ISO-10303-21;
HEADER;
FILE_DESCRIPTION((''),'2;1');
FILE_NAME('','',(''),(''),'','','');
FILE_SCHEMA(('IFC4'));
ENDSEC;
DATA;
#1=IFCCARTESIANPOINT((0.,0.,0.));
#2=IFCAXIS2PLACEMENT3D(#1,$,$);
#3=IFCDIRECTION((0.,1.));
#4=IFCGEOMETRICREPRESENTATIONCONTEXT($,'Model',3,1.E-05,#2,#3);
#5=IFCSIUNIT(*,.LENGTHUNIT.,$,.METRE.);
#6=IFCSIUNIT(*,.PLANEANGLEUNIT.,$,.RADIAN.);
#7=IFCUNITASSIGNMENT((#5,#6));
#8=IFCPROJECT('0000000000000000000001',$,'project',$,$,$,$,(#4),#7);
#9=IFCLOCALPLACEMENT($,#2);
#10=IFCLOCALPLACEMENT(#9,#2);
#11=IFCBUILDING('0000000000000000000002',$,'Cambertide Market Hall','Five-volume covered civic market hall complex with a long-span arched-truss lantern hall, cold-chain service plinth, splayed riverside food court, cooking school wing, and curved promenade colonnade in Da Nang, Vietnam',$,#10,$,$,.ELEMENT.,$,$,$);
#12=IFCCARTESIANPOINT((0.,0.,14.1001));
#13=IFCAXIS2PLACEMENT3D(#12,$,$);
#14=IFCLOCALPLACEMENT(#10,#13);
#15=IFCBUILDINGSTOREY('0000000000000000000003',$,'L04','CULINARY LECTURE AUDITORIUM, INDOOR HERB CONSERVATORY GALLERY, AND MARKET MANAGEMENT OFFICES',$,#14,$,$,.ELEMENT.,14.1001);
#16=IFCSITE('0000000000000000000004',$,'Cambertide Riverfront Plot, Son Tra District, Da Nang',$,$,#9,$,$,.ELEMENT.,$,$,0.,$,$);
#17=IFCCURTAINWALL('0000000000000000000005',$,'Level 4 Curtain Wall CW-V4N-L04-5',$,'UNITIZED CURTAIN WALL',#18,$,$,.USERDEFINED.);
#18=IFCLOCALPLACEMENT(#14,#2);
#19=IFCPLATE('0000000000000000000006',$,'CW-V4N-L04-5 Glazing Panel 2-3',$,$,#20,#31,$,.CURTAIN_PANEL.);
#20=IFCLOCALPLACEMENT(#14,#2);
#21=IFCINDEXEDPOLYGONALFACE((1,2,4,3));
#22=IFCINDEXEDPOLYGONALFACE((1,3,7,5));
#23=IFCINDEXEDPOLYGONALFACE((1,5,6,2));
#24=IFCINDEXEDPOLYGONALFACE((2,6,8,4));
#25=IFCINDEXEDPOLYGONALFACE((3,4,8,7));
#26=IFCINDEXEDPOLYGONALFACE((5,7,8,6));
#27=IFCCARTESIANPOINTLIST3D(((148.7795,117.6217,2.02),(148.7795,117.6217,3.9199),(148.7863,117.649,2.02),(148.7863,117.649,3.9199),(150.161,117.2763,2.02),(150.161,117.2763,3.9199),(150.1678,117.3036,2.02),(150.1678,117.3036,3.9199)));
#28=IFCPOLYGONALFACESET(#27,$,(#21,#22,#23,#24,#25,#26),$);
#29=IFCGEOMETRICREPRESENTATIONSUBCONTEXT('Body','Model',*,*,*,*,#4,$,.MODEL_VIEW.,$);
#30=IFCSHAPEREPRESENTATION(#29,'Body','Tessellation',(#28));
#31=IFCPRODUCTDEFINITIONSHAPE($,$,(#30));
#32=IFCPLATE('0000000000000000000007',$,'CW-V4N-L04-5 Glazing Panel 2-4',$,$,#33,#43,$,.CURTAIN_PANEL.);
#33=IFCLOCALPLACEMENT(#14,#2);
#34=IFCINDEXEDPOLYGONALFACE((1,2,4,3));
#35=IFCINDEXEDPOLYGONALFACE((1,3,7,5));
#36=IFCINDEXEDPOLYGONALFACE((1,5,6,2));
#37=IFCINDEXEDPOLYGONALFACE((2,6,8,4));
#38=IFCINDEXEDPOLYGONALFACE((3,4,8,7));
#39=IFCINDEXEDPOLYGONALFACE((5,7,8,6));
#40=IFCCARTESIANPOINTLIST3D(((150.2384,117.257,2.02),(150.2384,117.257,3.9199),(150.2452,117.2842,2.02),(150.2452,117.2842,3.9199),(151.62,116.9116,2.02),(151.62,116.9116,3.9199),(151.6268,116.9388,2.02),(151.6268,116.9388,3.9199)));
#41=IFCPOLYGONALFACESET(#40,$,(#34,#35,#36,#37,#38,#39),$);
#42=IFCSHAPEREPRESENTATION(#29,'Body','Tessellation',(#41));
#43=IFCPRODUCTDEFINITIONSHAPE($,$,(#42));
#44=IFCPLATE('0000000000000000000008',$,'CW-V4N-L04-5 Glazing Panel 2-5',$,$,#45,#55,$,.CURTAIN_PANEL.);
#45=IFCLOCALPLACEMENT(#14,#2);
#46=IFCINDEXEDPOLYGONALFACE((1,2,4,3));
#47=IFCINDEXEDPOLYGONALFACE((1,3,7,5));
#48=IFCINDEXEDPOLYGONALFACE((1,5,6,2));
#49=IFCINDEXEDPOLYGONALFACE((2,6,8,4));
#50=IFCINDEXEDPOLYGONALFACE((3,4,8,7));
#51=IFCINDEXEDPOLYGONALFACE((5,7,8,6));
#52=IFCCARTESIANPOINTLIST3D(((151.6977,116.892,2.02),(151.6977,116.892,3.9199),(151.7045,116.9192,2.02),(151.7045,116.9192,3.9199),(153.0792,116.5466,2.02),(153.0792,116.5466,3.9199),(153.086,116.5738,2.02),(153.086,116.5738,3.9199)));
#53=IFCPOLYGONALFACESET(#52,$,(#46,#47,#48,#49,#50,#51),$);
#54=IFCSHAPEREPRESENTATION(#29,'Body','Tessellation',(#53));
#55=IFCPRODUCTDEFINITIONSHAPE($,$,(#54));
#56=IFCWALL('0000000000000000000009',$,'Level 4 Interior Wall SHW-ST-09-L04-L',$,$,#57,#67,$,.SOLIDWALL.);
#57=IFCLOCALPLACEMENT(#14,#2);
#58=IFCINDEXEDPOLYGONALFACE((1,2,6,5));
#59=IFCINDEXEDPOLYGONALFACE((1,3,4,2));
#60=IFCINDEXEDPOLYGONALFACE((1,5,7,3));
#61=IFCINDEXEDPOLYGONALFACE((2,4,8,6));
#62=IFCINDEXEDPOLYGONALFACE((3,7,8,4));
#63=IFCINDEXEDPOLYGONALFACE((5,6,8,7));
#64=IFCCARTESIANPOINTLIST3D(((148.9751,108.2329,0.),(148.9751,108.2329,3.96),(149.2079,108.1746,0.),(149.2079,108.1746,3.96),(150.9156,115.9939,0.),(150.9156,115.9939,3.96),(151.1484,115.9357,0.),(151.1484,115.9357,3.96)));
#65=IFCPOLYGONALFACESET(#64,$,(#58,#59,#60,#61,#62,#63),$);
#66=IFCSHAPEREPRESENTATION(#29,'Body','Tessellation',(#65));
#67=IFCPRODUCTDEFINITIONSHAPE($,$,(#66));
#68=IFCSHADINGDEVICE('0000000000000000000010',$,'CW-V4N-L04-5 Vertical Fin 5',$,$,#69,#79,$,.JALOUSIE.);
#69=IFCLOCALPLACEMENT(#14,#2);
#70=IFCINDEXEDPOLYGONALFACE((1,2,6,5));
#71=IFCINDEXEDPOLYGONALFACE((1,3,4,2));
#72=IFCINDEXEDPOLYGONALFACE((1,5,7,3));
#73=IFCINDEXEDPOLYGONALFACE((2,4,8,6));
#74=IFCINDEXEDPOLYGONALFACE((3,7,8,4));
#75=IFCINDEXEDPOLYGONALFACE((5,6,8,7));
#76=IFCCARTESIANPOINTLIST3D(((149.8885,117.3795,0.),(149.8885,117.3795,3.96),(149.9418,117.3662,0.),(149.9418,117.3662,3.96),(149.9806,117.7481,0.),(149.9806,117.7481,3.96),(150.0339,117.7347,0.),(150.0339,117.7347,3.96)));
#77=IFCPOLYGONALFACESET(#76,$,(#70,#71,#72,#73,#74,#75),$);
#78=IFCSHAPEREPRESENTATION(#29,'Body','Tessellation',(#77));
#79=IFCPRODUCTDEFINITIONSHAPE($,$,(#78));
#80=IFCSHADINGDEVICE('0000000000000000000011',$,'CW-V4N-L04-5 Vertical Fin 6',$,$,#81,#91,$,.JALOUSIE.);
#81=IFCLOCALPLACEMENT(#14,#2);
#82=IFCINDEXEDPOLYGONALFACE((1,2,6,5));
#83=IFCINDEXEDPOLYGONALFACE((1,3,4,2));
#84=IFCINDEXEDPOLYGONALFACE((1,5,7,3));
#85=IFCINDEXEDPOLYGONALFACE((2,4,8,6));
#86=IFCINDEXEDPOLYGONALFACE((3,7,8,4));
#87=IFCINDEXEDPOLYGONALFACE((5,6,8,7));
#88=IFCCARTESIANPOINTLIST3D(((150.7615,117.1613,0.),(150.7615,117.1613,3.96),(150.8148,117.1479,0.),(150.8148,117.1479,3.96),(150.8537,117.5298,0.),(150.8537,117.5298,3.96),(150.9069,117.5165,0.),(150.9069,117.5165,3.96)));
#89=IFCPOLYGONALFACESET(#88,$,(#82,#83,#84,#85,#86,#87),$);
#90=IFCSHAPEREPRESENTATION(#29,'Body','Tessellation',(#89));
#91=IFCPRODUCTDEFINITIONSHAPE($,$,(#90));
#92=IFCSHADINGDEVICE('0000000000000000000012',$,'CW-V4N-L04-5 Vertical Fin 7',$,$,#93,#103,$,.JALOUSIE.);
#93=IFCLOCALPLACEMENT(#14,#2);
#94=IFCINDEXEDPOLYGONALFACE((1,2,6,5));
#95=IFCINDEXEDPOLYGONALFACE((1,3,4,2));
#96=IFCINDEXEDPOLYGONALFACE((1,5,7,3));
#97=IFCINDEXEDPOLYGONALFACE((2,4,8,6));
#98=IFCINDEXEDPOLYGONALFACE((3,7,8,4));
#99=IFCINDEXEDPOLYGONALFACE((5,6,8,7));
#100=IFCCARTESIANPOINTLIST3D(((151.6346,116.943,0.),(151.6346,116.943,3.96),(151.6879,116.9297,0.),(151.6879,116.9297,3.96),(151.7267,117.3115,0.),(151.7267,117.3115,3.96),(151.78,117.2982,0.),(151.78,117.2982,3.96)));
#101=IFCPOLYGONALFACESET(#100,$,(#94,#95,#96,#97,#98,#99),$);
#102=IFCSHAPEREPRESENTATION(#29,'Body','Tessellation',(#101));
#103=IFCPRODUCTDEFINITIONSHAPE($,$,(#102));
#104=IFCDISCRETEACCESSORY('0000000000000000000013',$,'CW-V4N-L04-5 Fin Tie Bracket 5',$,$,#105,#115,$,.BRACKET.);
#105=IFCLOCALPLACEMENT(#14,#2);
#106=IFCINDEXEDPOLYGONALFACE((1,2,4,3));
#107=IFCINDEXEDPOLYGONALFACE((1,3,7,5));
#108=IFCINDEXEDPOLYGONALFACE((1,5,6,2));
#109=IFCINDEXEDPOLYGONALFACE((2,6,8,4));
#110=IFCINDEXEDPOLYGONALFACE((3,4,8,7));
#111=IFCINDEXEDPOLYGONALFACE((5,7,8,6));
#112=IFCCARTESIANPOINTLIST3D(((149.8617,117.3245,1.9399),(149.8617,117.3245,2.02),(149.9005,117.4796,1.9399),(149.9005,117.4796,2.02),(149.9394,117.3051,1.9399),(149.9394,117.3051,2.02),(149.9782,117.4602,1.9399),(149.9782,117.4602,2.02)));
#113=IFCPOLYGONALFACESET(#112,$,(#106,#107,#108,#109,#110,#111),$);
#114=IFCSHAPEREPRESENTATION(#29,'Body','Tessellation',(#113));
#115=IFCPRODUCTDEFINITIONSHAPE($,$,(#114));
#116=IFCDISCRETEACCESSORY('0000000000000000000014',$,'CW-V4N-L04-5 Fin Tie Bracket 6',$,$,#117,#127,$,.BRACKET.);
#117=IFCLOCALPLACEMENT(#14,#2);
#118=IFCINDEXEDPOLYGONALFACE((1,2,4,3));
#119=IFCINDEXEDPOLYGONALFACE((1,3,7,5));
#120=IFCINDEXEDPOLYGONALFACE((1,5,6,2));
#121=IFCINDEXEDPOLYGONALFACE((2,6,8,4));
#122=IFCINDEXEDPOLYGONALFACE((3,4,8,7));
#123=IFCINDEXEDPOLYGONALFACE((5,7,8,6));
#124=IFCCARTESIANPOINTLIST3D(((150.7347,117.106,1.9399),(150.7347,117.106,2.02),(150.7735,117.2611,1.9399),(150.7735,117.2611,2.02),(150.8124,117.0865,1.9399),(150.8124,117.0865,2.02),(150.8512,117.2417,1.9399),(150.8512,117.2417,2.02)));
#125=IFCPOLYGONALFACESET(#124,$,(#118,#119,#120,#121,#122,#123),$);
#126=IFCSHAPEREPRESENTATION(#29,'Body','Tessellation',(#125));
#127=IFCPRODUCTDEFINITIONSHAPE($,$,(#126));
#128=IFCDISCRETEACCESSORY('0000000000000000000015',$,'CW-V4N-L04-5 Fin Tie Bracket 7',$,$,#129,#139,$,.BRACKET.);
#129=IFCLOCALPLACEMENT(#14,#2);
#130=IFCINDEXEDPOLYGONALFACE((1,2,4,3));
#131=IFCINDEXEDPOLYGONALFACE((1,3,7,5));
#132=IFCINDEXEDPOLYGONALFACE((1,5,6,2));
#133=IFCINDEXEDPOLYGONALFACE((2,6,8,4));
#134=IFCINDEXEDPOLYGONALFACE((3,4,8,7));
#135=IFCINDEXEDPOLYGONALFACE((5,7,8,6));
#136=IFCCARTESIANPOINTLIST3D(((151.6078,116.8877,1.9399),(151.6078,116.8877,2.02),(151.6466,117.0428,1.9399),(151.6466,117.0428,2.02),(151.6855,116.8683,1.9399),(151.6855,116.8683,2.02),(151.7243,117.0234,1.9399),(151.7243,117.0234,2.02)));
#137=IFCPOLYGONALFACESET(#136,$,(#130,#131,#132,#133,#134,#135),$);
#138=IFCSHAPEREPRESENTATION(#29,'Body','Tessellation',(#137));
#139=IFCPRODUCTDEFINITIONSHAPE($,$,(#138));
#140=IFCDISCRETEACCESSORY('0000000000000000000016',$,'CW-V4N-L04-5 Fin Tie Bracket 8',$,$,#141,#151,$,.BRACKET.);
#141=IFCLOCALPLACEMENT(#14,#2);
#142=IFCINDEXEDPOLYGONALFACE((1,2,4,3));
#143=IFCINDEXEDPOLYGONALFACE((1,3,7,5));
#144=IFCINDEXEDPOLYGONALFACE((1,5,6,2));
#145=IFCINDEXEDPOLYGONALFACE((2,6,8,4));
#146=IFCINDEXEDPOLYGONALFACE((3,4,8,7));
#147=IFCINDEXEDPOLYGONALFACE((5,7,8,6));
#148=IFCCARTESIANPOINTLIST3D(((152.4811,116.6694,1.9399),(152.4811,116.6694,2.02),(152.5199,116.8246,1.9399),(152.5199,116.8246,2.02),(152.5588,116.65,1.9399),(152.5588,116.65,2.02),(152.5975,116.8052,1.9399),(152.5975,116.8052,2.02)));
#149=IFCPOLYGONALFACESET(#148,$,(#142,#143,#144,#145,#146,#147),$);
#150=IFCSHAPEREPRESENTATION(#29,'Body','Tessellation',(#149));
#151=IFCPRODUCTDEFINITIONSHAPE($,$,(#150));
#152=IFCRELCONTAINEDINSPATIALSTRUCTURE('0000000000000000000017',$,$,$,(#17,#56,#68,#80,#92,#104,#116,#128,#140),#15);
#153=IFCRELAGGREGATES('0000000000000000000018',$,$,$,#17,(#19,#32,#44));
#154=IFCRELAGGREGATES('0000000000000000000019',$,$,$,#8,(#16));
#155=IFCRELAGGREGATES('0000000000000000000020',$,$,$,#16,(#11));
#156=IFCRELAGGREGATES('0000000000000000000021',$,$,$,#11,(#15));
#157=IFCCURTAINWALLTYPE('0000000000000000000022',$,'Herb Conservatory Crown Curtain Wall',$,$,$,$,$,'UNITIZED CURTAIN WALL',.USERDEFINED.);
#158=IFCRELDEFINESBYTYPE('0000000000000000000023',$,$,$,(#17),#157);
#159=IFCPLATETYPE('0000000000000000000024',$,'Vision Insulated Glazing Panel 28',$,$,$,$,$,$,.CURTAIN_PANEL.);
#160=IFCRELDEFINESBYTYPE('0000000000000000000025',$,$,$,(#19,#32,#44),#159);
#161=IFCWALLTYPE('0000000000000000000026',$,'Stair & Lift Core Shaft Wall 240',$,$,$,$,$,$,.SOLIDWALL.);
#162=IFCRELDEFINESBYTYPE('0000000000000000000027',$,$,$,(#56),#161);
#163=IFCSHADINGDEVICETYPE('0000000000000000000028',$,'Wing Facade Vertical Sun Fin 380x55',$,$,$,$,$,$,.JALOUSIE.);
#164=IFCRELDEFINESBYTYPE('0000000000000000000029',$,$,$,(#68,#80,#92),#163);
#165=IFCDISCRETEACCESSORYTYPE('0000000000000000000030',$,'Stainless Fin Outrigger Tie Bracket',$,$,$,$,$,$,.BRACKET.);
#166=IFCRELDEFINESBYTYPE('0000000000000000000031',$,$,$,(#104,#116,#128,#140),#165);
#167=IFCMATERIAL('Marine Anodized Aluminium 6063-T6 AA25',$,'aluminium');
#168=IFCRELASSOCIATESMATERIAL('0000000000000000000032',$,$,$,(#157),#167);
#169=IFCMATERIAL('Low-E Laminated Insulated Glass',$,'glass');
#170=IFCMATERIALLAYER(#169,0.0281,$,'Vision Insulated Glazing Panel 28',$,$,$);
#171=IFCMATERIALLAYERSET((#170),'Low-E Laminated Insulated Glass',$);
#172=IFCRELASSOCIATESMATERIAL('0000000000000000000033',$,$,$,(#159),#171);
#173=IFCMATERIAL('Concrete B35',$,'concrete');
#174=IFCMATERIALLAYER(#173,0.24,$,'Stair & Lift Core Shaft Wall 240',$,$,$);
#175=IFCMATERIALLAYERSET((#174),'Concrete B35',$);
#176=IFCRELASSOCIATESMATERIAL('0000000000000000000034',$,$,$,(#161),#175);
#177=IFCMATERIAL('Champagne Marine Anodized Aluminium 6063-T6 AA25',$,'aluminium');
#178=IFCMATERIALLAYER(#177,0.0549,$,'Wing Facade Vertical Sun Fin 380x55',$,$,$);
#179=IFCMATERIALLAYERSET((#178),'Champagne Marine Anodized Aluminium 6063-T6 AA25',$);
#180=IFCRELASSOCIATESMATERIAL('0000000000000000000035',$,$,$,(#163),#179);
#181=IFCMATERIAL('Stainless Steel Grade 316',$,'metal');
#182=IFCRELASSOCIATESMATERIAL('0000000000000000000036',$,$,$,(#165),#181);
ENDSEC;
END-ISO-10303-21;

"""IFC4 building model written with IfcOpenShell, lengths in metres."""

from ifc_helpers import new_model, si_unit, direction, frame, frame_2d, origin, origin_2d, place, context, subcontext, project, spatial, rectangle, extrude, material, layer, layer_set, type_object, element, aggregate, save


model = new_model("IFC4")

# Units and contexts
model_context = context("Model", 3, precision=1e-05, world=origin(), true_north=direction((0.0, 1.0)))
body_context = subcontext(model_context, "Body", "Model", "MODEL_VIEW")
ifc_project = project(units=[si_unit("LENGTHUNIT", "METRE"), si_unit("PLANEANGLEUNIT", "RADIAN")], contexts=[model_context])

# Site, building, storey
site_placement = place(None, origin())
site = spatial("IfcSite", under=ifc_project, at=site_placement, Name="Cambertide Riverfront Plot, Son Tra District, Da Nang", CompositionType="ELEMENT", RefElevation=0.0)
building_placement = place(site_placement, origin())
building = spatial("IfcBuilding", under=site, at=building_placement, Name="Cambertide Market Hall", Description="Five-volume covered civic market hall complex with a long-span arched-truss lantern hall, cold-chain service plinth, splayed riverside food court, cooking school wing, and curved promenade colonnade in Da Nang, Vietnam", CompositionType="ELEMENT")
storey_placement = place(building_placement, frame((0.0, 0.0, 14.1001)))
storey = spatial("IfcBuildingStorey", under=building, at=storey_placement, Name="L04", Description="CULINARY LECTURE AUDITORIUM, INDOOR HERB CONSERVATORY GALLERY, AND MARKET MANAGEMENT OFFICES", CompositionType="ELEMENT", Elevation=14.1001)

# Curtain wall, plates
ifc_material_1 = material(Name="Marine Anodized Aluminium 6063-T6 AA25", Category="aluminium")
curtain_wall_type = type_object("IfcCurtainWallType", Name="Herb Conservatory Crown Curtain Wall", ElementType="UNITIZED CURTAIN WALL", PredefinedType="USERDEFINED", material=ifc_material_1)
curtain_wall_placement = place(storey_placement, origin())
curtain_wall = element("IfcCurtainWall", 1, at=curtain_wall_placement, inside=storey, type_object=curtain_wall_type, Name="Level 4 Curtain Wall CW-V4N-L04-5", ObjectType="UNITIZED CURTAIN WALL", PredefinedType="USERDEFINED")
ifc_material_2 = material(Name="Low-E Laminated Insulated Glass", Category="glass")
ifc_layer_1 = layer(ifc_material_2, 0.0281, Name="Vision Insulated Glazing Panel 28")
ifc_layer_set_1 = layer_set([ifc_layer_1], Name="Low-E Laminated Insulated Glass")
plate_type = type_object("IfcPlateType", Name="Vision Insulated Glazing Panel 28", PredefinedType="CURTAIN_PANEL", material=ifc_layer_set_1)
plate_1_placement = place(storey_placement, frame((149.4736, 117.4626, 2.02), z_axis=(0.0, 0.0, 1.0), x_axis=(0.970143, -0.242536, 0.0)))
plate_1 = element("IfcPlate", 2, at=plate_1_placement, type_object=plate_type, Name="CW-V4N-L04-5 Glazing Panel 2-3", PredefinedType="CURTAIN_PANEL", context=body_context, shape_type="SweptSolid", body=[
    extrude(rectangle(XDim=1.4241, YDim=0.0281, at=origin_2d()), origin(), (0.0, 0.0, 1.0), 1.8999),
])
plate_2_placement = place(storey_placement, frame((150.9326, 117.0979, 2.02), z_axis=(0.0, 0.0, 1.0), x_axis=(0.970143, -0.242536, 0.0)))
plate_2 = element("IfcPlate", 3, at=plate_2_placement, type_object=plate_type, Name="CW-V4N-L04-5 Glazing Panel 2-4", PredefinedType="CURTAIN_PANEL", context=body_context, shape_type="SweptSolid", body=[
    extrude(rectangle(XDim=1.4241, YDim=0.0281, at=origin_2d()), origin(), (0.0, 0.0, 1.0), 1.8999),
])
plate_3_placement = place(storey_placement, frame((152.3918, 116.7329, 2.02), z_axis=(0.0, 0.0, 1.0), x_axis=(0.970143, -0.242536, 0.0)))
plate_3 = element("IfcPlate", 4, at=plate_3_placement, type_object=plate_type, Name="CW-V4N-L04-5 Glazing Panel 2-5", PredefinedType="CURTAIN_PANEL", context=body_context, shape_type="SweptSolid", body=[
    extrude(rectangle(XDim=1.4241, YDim=0.0281, at=origin_2d()), origin(), (0.0, 0.0, 1.0), 1.8999),
])
aggregate(curtain_wall, [plate_1, plate_2, plate_3])

# Wall
ifc_material_3 = material(Name="Concrete B35", Category="concrete")
ifc_layer_2 = layer(ifc_material_3, 0.24, Name="Stair & Lift Core Shaft Wall 240")
ifc_layer_set_2 = layer_set([ifc_layer_2], Name="Concrete B35")
wall_type = type_object("IfcWallType", Name="Stair & Lift Core Shaft Wall 240", PredefinedType="SOLIDWALL", material=ifc_layer_set_2)
wall_placement = place(storey_placement, frame((151.032, 115.9648, 0.0), z_axis=(0.0, 0.0, 1.0), x_axis=(-0.242557, -0.970137, 0.0)))
element("IfcWall", 5, at=wall_placement, inside=storey, type_object=wall_type, Name="Level 4 Interior Wall SHW-ST-09-L04-L", PredefinedType="SOLIDWALL", context=body_context, shape_type="SweptSolid", body=[
    extrude(rectangle(XDim=8.0, YDim=0.24, at=frame_2d((4.0, 0.0))), origin(), (0.0, 0.0, 1.0), 3.96),
])

# Shading devices
ifc_material_4 = material(Name="Champagne Marine Anodized Aluminium 6063-T6 AA25", Category="aluminium")
ifc_layer_3 = layer(ifc_material_4, 0.0549, Name="Wing Facade Vertical Sun Fin 380x55")
ifc_layer_set_3 = layer_set([ifc_layer_3], Name="Champagne Marine Anodized Aluminium 6063-T6 AA25")
shading_device_type = type_object("IfcShadingDeviceType", Name="Wing Facade Vertical Sun Fin 380x55", PredefinedType="JALOUSIE", material=ifc_layer_set_3)
for number, where, z_axis, x_axis, name in (
    (6, (149.9612, 117.5571, 0.0), (0.0, 0.0, 1.0), (0.970143, -0.242536, 0.0), "CW-V4N-L04-5 Vertical Fin 5"),
    (7, (150.8342, 117.3389, 0.0), (0.0, 0.0, 1.0), (0.970143, -0.242536, 0.0), "CW-V4N-L04-5 Vertical Fin 6"),
    (8, (151.7073, 117.1206, 0.0), (0.0, 0.0, 1.0), (0.970143, -0.242536, 0.0), "CW-V4N-L04-5 Vertical Fin 7"),
):
    element("IfcShadingDevice", number, at=place(storey_placement, frame(where, z_axis=z_axis, x_axis=x_axis)), inside=storey, type_object=shading_device_type, Name=name, PredefinedType="JALOUSIE", context=body_context, shape_type="SweptSolid", body=[
        extrude(rectangle(XDim=0.0549, YDim=0.3799, at=origin_2d()), origin(), (0.0, 0.0, 1.0), 3.96),
    ])

# Discrete accessories
ifc_material_5 = material(Name="Stainless Steel Grade 316", Category="metal")
discrete_accessory_type = type_object("IfcDiscreteAccessoryType", Name="Stainless Fin Outrigger Tie Bracket", PredefinedType="BRACKET", material=ifc_material_5)
for number, where, z_axis, x_axis, name in (
    (9, (149.9199, 117.3923, 1.9399), (0.0, 0.0, 1.0), (0.970143, -0.242536, 0.0), "CW-V4N-L04-5 Fin Tie Bracket 5"),
    (10, (150.793, 117.1738, 1.9399), (0.0, 0.0, 1.0), (0.970143, -0.242536, 0.0), "CW-V4N-L04-5 Fin Tie Bracket 6"),
    (11, (151.666, 116.9556, 1.9399), (0.0, 0.0, 1.0), (0.970143, -0.242536, 0.0), "CW-V4N-L04-5 Fin Tie Bracket 7"),
    (12, (152.5393, 116.7373, 1.9399), (0.0, 0.0, 1.0), (0.970143, -0.242536, 0.0), "CW-V4N-L04-5 Fin Tie Bracket 8"),
):
    element("IfcDiscreteAccessory", number, at=place(storey_placement, frame(where, z_axis=z_axis, x_axis=x_axis)), inside=storey, type_object=discrete_accessory_type, Name=name, PredefinedType="BRACKET", context=body_context, shape_type="SweptSolid", body=[
        extrude(rectangle(XDim=0.0801, YDim=0.1599, at=origin_2d()), origin(), (0.0, 0.0, 1.0), 0.0801),
    ])

save(model, "model.ifc")
